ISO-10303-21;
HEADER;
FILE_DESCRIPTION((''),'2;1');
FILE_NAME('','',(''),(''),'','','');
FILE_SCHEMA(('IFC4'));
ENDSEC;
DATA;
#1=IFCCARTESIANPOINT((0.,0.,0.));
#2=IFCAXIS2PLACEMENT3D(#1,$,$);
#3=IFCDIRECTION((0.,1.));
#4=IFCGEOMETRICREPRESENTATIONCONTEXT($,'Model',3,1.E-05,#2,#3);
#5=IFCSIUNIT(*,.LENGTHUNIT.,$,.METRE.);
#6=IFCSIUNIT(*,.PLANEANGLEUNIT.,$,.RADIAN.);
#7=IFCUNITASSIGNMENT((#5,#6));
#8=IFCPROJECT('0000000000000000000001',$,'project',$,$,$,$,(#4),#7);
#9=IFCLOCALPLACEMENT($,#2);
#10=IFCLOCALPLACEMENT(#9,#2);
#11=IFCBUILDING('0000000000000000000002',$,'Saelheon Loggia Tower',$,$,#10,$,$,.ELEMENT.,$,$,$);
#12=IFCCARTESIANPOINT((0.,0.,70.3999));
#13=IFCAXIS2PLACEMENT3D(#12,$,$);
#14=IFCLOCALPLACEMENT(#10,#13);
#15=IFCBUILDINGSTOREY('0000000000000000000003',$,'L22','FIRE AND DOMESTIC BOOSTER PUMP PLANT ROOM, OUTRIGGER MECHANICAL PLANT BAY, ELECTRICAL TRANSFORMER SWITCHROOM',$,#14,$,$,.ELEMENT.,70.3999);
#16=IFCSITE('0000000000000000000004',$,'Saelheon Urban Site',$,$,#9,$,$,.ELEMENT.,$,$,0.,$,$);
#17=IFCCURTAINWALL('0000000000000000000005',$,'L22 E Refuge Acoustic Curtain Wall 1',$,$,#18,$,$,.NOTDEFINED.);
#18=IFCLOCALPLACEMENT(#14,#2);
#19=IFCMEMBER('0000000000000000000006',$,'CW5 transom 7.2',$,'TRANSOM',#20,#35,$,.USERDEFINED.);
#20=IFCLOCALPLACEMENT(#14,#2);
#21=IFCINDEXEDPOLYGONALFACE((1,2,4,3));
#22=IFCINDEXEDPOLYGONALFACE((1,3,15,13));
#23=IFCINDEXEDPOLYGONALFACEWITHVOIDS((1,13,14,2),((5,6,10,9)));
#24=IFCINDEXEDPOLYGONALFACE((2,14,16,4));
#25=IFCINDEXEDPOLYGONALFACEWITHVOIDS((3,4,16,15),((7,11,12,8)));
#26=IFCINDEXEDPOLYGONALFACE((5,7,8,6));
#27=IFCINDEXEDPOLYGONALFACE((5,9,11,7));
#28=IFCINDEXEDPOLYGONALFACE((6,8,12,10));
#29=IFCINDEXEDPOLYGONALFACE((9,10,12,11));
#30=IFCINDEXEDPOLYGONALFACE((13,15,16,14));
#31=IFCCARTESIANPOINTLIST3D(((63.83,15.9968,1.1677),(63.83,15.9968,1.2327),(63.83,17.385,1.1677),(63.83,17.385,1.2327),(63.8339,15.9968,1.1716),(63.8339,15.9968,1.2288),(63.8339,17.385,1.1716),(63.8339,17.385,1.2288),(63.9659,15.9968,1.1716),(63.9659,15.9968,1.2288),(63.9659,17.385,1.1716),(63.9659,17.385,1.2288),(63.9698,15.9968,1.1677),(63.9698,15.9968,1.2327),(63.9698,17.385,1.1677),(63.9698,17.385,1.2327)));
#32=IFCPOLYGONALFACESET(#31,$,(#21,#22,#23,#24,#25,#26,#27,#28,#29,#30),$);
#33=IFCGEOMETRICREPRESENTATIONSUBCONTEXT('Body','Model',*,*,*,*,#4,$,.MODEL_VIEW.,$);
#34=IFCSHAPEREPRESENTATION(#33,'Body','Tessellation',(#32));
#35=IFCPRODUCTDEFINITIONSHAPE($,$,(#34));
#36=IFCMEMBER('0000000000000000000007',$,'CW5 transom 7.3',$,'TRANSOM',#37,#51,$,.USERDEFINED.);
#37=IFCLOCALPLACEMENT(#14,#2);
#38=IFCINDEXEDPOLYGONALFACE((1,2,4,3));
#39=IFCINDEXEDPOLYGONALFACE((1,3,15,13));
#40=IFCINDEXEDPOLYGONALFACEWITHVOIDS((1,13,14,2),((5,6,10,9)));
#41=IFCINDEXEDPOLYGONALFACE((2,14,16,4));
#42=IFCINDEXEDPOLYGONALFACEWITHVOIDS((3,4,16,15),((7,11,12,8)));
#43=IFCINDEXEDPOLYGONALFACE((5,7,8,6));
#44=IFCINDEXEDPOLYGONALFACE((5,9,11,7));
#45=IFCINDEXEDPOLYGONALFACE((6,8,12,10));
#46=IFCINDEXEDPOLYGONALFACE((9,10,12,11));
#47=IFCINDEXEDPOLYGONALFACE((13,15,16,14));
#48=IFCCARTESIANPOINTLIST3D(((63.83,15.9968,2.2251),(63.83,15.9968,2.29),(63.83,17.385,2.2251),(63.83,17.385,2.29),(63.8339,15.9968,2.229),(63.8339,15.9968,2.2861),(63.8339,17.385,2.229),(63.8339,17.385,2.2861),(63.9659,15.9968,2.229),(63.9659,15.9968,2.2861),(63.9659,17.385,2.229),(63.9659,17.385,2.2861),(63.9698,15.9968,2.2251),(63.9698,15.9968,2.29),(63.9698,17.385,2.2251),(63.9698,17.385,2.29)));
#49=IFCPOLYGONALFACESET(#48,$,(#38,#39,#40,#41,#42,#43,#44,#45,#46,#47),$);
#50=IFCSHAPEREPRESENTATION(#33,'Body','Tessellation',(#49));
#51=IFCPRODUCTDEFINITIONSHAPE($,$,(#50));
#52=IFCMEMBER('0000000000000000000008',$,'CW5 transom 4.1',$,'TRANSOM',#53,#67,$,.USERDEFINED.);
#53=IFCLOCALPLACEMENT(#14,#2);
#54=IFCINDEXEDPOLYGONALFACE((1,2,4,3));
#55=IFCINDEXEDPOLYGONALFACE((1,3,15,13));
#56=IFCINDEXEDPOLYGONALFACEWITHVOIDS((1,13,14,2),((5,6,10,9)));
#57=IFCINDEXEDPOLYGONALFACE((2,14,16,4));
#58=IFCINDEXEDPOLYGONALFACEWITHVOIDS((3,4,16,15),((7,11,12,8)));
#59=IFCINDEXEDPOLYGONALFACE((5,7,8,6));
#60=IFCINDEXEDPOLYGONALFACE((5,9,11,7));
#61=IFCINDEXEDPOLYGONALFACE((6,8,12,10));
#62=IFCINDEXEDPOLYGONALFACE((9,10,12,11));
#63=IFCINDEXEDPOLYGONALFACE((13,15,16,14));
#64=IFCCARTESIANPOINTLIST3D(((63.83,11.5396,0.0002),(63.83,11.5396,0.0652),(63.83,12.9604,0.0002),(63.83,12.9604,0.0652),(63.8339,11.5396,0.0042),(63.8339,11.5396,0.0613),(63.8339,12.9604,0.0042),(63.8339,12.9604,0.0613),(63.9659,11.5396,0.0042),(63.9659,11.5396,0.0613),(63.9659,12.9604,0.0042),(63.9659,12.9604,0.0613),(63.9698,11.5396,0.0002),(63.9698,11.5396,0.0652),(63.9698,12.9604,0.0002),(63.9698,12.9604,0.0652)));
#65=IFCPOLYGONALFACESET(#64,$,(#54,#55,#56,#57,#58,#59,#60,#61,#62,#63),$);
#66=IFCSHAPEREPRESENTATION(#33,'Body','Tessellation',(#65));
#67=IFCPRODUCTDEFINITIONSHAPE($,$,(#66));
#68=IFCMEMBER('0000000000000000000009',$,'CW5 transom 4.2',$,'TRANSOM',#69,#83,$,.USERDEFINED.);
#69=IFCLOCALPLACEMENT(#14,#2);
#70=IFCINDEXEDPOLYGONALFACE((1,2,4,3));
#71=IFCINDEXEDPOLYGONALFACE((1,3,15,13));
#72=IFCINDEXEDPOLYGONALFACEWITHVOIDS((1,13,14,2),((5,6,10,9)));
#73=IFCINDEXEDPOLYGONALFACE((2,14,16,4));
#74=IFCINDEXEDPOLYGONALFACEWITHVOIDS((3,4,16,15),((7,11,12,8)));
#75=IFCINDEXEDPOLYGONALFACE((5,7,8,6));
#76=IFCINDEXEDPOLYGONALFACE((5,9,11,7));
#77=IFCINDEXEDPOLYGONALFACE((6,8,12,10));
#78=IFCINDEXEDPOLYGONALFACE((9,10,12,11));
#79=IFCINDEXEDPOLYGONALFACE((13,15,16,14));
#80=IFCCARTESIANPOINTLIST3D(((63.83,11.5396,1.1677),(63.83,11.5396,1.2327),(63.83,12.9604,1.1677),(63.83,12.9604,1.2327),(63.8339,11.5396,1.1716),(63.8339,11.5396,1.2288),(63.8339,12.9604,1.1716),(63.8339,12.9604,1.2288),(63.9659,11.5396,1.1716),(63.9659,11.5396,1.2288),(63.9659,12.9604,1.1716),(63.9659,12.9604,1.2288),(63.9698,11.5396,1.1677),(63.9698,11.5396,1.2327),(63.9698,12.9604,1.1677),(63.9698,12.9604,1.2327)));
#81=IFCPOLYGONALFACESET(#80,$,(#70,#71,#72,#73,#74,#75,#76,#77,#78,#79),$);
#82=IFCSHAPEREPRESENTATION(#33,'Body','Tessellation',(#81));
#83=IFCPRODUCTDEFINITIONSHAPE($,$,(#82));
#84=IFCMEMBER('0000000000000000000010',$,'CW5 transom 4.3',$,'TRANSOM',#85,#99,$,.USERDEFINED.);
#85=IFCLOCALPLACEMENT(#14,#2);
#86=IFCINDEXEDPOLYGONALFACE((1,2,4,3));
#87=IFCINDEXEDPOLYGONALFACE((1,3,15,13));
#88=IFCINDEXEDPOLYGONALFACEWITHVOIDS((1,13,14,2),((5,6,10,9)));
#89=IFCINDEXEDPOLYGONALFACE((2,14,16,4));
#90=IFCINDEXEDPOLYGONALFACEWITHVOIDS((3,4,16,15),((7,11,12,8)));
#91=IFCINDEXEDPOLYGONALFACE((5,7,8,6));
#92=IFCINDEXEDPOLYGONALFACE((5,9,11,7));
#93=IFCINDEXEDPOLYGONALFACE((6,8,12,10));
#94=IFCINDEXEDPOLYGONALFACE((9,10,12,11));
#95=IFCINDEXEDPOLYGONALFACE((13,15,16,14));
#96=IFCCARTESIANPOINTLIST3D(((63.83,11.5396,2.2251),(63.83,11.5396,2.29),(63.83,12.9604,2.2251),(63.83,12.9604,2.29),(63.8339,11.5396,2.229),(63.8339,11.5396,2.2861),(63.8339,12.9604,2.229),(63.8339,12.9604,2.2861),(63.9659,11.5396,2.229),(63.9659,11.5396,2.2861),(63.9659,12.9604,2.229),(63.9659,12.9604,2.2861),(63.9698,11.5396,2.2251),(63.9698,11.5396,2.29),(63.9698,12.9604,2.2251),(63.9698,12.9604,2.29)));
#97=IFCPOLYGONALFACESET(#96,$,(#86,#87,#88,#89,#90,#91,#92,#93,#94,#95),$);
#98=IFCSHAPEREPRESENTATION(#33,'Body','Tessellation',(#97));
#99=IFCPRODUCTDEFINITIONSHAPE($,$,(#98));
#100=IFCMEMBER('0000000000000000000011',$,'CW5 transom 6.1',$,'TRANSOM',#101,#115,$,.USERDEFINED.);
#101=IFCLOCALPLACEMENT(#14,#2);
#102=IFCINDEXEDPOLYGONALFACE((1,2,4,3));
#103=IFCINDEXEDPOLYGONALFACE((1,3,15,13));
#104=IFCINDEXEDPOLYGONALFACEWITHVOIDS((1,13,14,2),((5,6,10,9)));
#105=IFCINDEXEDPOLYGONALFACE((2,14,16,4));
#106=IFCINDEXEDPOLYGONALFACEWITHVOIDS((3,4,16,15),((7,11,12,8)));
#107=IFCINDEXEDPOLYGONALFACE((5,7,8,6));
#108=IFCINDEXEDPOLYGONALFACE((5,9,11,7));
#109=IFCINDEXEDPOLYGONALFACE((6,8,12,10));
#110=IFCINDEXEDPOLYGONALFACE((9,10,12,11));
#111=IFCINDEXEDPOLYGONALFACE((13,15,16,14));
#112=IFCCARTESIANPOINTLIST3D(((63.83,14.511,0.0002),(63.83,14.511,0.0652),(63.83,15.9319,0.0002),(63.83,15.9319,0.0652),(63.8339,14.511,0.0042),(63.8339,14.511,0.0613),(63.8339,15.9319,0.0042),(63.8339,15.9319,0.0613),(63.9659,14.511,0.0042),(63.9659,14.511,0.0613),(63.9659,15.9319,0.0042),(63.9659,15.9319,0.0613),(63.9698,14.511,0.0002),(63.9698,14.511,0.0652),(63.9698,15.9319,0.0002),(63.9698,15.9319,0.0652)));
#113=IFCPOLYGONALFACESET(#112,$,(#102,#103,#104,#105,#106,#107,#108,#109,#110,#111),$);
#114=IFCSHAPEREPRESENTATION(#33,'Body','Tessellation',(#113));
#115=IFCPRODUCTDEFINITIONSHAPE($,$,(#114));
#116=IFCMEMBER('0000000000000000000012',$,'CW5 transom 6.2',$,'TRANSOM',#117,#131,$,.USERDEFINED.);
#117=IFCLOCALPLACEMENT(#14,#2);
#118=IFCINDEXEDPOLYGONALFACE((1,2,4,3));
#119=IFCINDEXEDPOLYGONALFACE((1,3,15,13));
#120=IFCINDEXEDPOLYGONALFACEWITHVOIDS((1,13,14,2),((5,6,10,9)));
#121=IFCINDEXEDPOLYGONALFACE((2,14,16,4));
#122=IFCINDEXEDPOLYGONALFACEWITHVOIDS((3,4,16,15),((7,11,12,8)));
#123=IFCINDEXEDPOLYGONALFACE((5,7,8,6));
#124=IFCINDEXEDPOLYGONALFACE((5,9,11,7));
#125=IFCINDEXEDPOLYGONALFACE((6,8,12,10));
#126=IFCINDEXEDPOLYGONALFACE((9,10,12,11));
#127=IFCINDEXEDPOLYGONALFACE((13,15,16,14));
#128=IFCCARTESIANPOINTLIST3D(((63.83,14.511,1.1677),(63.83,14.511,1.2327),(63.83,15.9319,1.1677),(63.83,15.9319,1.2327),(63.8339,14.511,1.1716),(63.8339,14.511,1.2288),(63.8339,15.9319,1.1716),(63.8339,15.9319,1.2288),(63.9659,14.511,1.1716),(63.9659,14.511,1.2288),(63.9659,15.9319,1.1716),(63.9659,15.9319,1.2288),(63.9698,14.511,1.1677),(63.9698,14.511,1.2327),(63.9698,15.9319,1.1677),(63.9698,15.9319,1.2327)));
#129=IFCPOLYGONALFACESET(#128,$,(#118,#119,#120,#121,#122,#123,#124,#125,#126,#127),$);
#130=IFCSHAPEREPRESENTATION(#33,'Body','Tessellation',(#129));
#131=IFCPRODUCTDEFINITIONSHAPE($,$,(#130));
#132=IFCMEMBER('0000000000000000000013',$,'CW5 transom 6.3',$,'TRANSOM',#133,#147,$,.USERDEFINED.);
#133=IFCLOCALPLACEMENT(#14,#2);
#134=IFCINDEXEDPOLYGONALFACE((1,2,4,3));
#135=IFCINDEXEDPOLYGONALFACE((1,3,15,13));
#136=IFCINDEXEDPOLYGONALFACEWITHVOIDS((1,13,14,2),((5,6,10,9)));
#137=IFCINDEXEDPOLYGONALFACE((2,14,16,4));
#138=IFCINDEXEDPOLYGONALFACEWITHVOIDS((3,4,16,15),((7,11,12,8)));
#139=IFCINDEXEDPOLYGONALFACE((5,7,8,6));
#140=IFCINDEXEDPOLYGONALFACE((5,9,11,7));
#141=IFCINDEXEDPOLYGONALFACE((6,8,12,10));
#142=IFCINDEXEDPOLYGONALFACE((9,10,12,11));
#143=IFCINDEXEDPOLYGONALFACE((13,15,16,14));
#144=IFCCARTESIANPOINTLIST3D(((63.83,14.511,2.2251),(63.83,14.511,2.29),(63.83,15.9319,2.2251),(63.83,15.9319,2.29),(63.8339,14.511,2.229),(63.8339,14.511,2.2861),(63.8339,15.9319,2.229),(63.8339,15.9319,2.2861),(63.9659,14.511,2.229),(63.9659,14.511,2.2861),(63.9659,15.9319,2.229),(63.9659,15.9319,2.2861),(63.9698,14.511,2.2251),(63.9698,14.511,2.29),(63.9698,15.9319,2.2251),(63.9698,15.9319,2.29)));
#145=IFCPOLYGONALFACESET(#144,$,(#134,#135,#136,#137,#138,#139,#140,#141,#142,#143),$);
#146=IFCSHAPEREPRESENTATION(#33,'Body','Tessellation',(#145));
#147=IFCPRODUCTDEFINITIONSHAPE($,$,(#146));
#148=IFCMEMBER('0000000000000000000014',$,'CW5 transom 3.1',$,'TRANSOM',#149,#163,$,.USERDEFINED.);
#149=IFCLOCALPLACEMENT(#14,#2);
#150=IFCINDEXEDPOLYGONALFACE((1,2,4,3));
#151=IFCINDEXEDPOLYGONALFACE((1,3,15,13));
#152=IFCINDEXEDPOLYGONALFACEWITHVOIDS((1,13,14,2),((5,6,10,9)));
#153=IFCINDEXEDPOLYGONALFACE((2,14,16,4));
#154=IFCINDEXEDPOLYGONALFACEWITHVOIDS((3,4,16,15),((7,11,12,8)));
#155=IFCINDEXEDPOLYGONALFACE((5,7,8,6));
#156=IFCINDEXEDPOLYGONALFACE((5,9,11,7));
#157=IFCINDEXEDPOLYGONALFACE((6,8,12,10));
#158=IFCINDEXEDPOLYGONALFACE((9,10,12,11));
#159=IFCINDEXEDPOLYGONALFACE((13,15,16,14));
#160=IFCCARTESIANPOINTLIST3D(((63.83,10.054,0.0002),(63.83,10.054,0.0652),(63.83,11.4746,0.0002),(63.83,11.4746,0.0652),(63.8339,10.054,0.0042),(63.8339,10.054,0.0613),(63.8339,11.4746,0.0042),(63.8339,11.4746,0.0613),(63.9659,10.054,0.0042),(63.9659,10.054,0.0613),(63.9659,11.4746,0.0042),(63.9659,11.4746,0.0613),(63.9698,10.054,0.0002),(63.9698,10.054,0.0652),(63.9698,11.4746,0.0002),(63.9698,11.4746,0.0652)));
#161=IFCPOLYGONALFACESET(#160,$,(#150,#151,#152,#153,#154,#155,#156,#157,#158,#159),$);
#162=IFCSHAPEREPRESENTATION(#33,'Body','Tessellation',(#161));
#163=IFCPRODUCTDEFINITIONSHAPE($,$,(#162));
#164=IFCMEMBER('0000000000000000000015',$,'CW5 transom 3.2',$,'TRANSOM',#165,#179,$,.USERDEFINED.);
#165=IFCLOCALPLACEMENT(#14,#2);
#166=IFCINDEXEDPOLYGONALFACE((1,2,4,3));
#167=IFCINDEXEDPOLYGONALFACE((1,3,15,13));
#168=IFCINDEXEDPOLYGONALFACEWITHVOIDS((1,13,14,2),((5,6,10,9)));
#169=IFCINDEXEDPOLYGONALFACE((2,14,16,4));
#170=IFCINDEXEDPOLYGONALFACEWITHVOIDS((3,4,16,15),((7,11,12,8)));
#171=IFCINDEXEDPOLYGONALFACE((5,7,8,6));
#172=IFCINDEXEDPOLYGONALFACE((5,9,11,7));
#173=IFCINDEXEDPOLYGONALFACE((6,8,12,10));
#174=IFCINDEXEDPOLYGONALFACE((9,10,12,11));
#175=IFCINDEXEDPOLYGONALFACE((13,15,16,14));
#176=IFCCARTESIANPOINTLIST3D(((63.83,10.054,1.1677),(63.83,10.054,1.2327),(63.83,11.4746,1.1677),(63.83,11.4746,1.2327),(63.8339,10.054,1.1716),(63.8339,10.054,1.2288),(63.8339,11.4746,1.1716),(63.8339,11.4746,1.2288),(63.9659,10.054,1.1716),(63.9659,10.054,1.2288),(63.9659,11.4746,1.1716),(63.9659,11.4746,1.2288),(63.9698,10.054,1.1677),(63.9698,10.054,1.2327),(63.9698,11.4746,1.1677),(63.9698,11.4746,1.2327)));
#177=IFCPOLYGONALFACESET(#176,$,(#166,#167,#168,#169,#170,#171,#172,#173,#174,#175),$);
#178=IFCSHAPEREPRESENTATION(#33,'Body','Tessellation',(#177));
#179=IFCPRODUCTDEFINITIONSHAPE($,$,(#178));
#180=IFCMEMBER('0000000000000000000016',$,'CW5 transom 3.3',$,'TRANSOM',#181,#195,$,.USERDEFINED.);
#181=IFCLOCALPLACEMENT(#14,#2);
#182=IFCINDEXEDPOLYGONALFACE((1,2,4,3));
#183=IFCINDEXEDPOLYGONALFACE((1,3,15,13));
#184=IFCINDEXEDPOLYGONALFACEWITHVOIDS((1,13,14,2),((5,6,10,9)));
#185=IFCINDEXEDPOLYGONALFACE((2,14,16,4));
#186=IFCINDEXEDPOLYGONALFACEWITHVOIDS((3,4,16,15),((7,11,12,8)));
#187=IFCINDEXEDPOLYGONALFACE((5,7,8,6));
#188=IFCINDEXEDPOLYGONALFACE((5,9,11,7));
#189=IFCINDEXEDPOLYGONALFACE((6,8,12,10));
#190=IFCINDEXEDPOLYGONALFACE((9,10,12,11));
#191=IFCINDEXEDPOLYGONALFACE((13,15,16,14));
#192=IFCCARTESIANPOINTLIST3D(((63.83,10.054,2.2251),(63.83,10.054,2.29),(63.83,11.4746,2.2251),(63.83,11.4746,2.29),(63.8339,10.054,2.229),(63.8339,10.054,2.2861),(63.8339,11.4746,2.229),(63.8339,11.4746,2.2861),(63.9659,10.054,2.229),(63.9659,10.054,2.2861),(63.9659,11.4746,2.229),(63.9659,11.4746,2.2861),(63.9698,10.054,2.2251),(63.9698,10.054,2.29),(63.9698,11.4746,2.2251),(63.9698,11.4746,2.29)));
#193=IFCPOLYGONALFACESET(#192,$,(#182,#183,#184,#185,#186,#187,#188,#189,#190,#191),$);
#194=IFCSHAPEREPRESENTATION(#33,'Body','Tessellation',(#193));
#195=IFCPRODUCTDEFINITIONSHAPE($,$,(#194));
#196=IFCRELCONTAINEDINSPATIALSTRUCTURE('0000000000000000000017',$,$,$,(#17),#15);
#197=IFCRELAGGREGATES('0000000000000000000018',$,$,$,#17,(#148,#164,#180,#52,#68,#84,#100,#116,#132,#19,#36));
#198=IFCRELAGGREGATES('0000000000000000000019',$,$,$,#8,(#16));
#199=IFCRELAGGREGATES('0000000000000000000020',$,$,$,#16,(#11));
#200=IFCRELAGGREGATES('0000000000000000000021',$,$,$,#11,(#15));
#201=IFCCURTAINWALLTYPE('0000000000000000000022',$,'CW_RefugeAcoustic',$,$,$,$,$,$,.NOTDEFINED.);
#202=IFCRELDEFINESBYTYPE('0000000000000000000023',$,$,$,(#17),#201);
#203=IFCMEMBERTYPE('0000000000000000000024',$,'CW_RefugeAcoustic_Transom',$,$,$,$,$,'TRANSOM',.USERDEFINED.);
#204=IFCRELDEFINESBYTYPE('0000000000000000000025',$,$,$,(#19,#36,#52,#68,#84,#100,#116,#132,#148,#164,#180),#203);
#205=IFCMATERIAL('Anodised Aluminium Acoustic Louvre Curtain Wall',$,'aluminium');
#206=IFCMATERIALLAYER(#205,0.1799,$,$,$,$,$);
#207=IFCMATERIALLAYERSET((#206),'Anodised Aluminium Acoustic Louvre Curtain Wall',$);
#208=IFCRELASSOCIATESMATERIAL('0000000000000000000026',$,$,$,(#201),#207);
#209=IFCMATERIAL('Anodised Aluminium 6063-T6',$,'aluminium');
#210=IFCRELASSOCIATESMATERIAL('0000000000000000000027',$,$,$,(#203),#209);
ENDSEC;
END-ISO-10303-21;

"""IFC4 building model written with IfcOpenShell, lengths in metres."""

from ifc_helpers import new_model, si_unit, direction, frame, origin, origin_2d, place, context, subcontext, project, spatial, hollow_rectangle, extrude, source, transform, mapped, material, layer, layer_set, material_profile, profile_set, type_object, element, aggregate, save


model = new_model("IFC4")

# Units and contexts
model_context = context("Model", 3, precision=1e-05, world=origin(), true_north=direction((0.0, 1.0)))
body_context = subcontext(model_context, "Body", "Model", "MODEL_VIEW")
ifc_project = project(units=[si_unit("LENGTHUNIT", "METRE"), si_unit("PLANEANGLEUNIT", "RADIAN")], contexts=[model_context])

# Site, building, storey
site_placement = place(None, origin())
site = spatial("IfcSite", under=ifc_project, at=site_placement, Name="Saelheon Urban Site", CompositionType="ELEMENT", RefElevation=0.0)
building_placement = place(site_placement, origin())
building = spatial("IfcBuilding", under=site, at=building_placement, Name="Saelheon Loggia Tower", CompositionType="ELEMENT")
storey_placement = place(building_placement, frame((0.0, 0.0, 70.3999)))
storey = spatial("IfcBuildingStorey", under=building, at=storey_placement, Name="L22", Description="FIRE AND DOMESTIC BOOSTER PUMP PLANT ROOM, OUTRIGGER MECHANICAL PLANT BAY, ELECTRICAL TRANSFORMER SWITCHROOM", CompositionType="ELEMENT", Elevation=70.3999)

# Curtain wall, members
ifc_material_1 = material(Name="Anodised Aluminium Acoustic Louvre Curtain Wall", Category="aluminium")
ifc_layer_1 = layer(ifc_material_1, 0.1799)
ifc_layer_set_1 = layer_set([ifc_layer_1], Name="Anodised Aluminium Acoustic Louvre Curtain Wall")
curtain_wall_type = type_object("IfcCurtainWallType", Name="CW_RefugeAcoustic", PredefinedType="NOTDEFINED", material=ifc_layer_set_1)
curtain_wall_placement = place(storey_placement, origin())
curtain_wall = element("IfcCurtainWall", 1, at=curtain_wall_placement, inside=storey, type_object=curtain_wall_type, Name="L22 E Refuge Acoustic Curtain Wall 1", PredefinedType="NOTDEFINED")
ifc_material_2 = material(Name="Anodised Aluminium 6063-T6", Category="aluminium")
ifc_material_profile_1 = material_profile(ifc_material_2, hollow_rectangle(XDim=0.0649, YDim=0.1399, WallThickness=0.0039, at=origin_2d()), Name="RHS-140x65x4")
ifc_profile_set_1 = profile_set([ifc_material_profile_1], Name="Anodised Aluminium 6063-T6")
member_type_1 = type_object("IfcMemberType", Name="CW_RefugeAcoustic_Transom", ElementType="TRANSOM", PredefinedType="USERDEFINED", material=ifc_profile_set_1)
shared_shape_1 = source(origin(), body_context, "Body", "SweptSolid", [
    extrude(hollow_rectangle(XDim=0.0649, YDim=0.1399, WallThickness=0.0039, at=origin_2d()), origin(), (0.0, 0.0, 1.0), 1.3882),
])
member_1_placement = place(storey_placement, frame((63.8999, 15.9968, 1.2002), z_axis=(0.0, 1.0, 0.0), x_axis=(0.0, 0.0, 1.0)))
member_1 = element("IfcMember", 2, at=member_1_placement, type_object=member_type_1, Name="CW5 transom 7.2", ObjectType="TRANSOM", PredefinedType="USERDEFINED", context=body_context, shape_type="MappedRepresentation", body=[
    mapped(shared_shape_1, transform((0.0, 0.0, 0.0), scale=1.0)),
])
member_2_placement = place(storey_placement, frame((63.8999, 15.9968, 2.2576), z_axis=(0.0, 1.0, 0.0), x_axis=(0.0, 0.0, 1.0)))
member_2 = element("IfcMember", 3, at=member_2_placement, type_object=member_type_1, Name="CW5 transom 7.3", ObjectType="TRANSOM", PredefinedType="USERDEFINED", context=body_context, shape_type="MappedRepresentation", body=[
    mapped(shared_shape_1, transform((0.0, 0.0, 0.0), scale=1.0)),
])
shared_shape_2 = source(origin(), body_context, "Body", "SweptSolid", [
    extrude(hollow_rectangle(XDim=0.0649, YDim=0.1399, WallThickness=0.0039, at=origin_2d()), origin(), (0.0, 0.0, 1.0), 1.4209),
])
member_3_placement = place(storey_placement, frame((63.8999, 11.5396, 0.0327), z_axis=(0.0, 1.0, 0.0), x_axis=(0.0, 0.0, 1.0)))
member_3 = element("IfcMember", 4, at=member_3_placement, type_object=member_type_1, Name="CW5 transom 4.1", ObjectType="TRANSOM", PredefinedType="USERDEFINED", context=body_context, shape_type="MappedRepresentation", body=[
    mapped(shared_shape_2, transform((0.0, 0.0, 0.0), scale=1.0)),
])
member_4_placement = place(storey_placement, frame((63.8999, 11.5396, 1.2002), z_axis=(0.0, 1.0, 0.0), x_axis=(0.0, 0.0, 1.0)))
member_4 = element("IfcMember", 5, at=member_4_placement, type_object=member_type_1, Name="CW5 transom 4.2", ObjectType="TRANSOM", PredefinedType="USERDEFINED", context=body_context, shape_type="MappedRepresentation", body=[
    mapped(shared_shape_2, transform((0.0, 0.0, 0.0), scale=1.0)),
])
member_5_placement = place(storey_placement, frame((63.8999, 11.5396, 2.2576), z_axis=(0.0, 1.0, 0.0), x_axis=(0.0, 0.0, 1.0)))
member_5 = element("IfcMember", 6, at=member_5_placement, type_object=member_type_1, Name="CW5 transom 4.3", ObjectType="TRANSOM", PredefinedType="USERDEFINED", context=body_context, shape_type="MappedRepresentation", body=[
    mapped(shared_shape_2, transform((0.0, 0.0, 0.0), scale=1.0)),
])
member_6_placement = place(storey_placement, frame((63.8999, 14.511, 0.0327), z_axis=(0.0, 1.0, 0.0), x_axis=(0.0, 0.0, 1.0)))
member_6 = element("IfcMember", 7, at=member_6_placement, type_object=member_type_1, Name="CW5 transom 6.1", ObjectType="TRANSOM", PredefinedType="USERDEFINED", context=body_context, shape_type="MappedRepresentation", body=[
    mapped(shared_shape_2, transform((0.0, 0.0, 0.0), scale=1.0)),
])
member_7_placement = place(storey_placement, frame((63.8999, 14.511, 1.2002), z_axis=(0.0, 1.0, 0.0), x_axis=(0.0, 0.0, 1.0)))
member_7 = element("IfcMember", 8, at=member_7_placement, type_object=member_type_1, Name="CW5 transom 6.2", ObjectType="TRANSOM", PredefinedType="USERDEFINED", context=body_context, shape_type="MappedRepresentation", body=[
    mapped(shared_shape_2, transform((0.0, 0.0, 0.0), scale=1.0)),
])
member_8_placement = place(storey_placement, frame((63.8999, 14.511, 2.2576), z_axis=(0.0, 1.0, 0.0), x_axis=(0.0, 0.0, 1.0)))
member_8 = element("IfcMember", 9, at=member_8_placement, type_object=member_type_1, Name="CW5 transom 6.3", ObjectType="TRANSOM", PredefinedType="USERDEFINED", context=body_context, shape_type="MappedRepresentation", body=[
    mapped(shared_shape_2, transform((0.0, 0.0, 0.0), scale=1.0)),
])
shared_shape_3 = source(origin(), body_context, "Body", "SweptSolid", [
    extrude(hollow_rectangle(XDim=0.0649, YDim=0.1399, WallThickness=0.0039, at=origin_2d()), origin(), (0.0, 0.0, 1.0), 1.4207),
])
member_9_placement = place(storey_placement, frame((63.8999, 10.054, 0.0327), z_axis=(0.0, 1.0, 0.0), x_axis=(0.0, 0.0, 1.0)))
member_9 = element("IfcMember", 10, at=member_9_placement, type_object=member_type_1, Name="CW5 transom 3.1", ObjectType="TRANSOM", PredefinedType="USERDEFINED", context=body_context, shape_type="MappedRepresentation", body=[
    mapped(shared_shape_3, transform((0.0, 0.0, 0.0), scale=1.0)),
])
member_10_placement = place(storey_placement, frame((63.8999, 10.054, 1.2002), z_axis=(0.0, 1.0, 0.0), x_axis=(0.0, 0.0, 1.0)))
member_10 = element("IfcMember", 11, at=member_10_placement, type_object=member_type_1, Name="CW5 transom 3.2", ObjectType="TRANSOM", PredefinedType="USERDEFINED", context=body_context, shape_type="MappedRepresentation", body=[
    mapped(shared_shape_3, transform((0.0, 0.0, 0.0), scale=1.0)),
])
member_11_placement = place(storey_placement, frame((63.8999, 10.054, 2.2576), z_axis=(0.0, 1.0, 0.0), x_axis=(0.0, 0.0, 1.0)))
member_11 = element("IfcMember", 12, at=member_11_placement, type_object=member_type_1, Name="CW5 transom 3.3", ObjectType="TRANSOM", PredefinedType="USERDEFINED", context=body_context, shape_type="MappedRepresentation", body=[
    mapped(shared_shape_3, transform((0.0, 0.0, 0.0), scale=1.0)),
])

aggregate(curtain_wall, [member_9, member_10, member_11, member_3, member_4, member_5, member_6, member_7, member_8, member_1, member_2])

save(model, "model.ifc")
